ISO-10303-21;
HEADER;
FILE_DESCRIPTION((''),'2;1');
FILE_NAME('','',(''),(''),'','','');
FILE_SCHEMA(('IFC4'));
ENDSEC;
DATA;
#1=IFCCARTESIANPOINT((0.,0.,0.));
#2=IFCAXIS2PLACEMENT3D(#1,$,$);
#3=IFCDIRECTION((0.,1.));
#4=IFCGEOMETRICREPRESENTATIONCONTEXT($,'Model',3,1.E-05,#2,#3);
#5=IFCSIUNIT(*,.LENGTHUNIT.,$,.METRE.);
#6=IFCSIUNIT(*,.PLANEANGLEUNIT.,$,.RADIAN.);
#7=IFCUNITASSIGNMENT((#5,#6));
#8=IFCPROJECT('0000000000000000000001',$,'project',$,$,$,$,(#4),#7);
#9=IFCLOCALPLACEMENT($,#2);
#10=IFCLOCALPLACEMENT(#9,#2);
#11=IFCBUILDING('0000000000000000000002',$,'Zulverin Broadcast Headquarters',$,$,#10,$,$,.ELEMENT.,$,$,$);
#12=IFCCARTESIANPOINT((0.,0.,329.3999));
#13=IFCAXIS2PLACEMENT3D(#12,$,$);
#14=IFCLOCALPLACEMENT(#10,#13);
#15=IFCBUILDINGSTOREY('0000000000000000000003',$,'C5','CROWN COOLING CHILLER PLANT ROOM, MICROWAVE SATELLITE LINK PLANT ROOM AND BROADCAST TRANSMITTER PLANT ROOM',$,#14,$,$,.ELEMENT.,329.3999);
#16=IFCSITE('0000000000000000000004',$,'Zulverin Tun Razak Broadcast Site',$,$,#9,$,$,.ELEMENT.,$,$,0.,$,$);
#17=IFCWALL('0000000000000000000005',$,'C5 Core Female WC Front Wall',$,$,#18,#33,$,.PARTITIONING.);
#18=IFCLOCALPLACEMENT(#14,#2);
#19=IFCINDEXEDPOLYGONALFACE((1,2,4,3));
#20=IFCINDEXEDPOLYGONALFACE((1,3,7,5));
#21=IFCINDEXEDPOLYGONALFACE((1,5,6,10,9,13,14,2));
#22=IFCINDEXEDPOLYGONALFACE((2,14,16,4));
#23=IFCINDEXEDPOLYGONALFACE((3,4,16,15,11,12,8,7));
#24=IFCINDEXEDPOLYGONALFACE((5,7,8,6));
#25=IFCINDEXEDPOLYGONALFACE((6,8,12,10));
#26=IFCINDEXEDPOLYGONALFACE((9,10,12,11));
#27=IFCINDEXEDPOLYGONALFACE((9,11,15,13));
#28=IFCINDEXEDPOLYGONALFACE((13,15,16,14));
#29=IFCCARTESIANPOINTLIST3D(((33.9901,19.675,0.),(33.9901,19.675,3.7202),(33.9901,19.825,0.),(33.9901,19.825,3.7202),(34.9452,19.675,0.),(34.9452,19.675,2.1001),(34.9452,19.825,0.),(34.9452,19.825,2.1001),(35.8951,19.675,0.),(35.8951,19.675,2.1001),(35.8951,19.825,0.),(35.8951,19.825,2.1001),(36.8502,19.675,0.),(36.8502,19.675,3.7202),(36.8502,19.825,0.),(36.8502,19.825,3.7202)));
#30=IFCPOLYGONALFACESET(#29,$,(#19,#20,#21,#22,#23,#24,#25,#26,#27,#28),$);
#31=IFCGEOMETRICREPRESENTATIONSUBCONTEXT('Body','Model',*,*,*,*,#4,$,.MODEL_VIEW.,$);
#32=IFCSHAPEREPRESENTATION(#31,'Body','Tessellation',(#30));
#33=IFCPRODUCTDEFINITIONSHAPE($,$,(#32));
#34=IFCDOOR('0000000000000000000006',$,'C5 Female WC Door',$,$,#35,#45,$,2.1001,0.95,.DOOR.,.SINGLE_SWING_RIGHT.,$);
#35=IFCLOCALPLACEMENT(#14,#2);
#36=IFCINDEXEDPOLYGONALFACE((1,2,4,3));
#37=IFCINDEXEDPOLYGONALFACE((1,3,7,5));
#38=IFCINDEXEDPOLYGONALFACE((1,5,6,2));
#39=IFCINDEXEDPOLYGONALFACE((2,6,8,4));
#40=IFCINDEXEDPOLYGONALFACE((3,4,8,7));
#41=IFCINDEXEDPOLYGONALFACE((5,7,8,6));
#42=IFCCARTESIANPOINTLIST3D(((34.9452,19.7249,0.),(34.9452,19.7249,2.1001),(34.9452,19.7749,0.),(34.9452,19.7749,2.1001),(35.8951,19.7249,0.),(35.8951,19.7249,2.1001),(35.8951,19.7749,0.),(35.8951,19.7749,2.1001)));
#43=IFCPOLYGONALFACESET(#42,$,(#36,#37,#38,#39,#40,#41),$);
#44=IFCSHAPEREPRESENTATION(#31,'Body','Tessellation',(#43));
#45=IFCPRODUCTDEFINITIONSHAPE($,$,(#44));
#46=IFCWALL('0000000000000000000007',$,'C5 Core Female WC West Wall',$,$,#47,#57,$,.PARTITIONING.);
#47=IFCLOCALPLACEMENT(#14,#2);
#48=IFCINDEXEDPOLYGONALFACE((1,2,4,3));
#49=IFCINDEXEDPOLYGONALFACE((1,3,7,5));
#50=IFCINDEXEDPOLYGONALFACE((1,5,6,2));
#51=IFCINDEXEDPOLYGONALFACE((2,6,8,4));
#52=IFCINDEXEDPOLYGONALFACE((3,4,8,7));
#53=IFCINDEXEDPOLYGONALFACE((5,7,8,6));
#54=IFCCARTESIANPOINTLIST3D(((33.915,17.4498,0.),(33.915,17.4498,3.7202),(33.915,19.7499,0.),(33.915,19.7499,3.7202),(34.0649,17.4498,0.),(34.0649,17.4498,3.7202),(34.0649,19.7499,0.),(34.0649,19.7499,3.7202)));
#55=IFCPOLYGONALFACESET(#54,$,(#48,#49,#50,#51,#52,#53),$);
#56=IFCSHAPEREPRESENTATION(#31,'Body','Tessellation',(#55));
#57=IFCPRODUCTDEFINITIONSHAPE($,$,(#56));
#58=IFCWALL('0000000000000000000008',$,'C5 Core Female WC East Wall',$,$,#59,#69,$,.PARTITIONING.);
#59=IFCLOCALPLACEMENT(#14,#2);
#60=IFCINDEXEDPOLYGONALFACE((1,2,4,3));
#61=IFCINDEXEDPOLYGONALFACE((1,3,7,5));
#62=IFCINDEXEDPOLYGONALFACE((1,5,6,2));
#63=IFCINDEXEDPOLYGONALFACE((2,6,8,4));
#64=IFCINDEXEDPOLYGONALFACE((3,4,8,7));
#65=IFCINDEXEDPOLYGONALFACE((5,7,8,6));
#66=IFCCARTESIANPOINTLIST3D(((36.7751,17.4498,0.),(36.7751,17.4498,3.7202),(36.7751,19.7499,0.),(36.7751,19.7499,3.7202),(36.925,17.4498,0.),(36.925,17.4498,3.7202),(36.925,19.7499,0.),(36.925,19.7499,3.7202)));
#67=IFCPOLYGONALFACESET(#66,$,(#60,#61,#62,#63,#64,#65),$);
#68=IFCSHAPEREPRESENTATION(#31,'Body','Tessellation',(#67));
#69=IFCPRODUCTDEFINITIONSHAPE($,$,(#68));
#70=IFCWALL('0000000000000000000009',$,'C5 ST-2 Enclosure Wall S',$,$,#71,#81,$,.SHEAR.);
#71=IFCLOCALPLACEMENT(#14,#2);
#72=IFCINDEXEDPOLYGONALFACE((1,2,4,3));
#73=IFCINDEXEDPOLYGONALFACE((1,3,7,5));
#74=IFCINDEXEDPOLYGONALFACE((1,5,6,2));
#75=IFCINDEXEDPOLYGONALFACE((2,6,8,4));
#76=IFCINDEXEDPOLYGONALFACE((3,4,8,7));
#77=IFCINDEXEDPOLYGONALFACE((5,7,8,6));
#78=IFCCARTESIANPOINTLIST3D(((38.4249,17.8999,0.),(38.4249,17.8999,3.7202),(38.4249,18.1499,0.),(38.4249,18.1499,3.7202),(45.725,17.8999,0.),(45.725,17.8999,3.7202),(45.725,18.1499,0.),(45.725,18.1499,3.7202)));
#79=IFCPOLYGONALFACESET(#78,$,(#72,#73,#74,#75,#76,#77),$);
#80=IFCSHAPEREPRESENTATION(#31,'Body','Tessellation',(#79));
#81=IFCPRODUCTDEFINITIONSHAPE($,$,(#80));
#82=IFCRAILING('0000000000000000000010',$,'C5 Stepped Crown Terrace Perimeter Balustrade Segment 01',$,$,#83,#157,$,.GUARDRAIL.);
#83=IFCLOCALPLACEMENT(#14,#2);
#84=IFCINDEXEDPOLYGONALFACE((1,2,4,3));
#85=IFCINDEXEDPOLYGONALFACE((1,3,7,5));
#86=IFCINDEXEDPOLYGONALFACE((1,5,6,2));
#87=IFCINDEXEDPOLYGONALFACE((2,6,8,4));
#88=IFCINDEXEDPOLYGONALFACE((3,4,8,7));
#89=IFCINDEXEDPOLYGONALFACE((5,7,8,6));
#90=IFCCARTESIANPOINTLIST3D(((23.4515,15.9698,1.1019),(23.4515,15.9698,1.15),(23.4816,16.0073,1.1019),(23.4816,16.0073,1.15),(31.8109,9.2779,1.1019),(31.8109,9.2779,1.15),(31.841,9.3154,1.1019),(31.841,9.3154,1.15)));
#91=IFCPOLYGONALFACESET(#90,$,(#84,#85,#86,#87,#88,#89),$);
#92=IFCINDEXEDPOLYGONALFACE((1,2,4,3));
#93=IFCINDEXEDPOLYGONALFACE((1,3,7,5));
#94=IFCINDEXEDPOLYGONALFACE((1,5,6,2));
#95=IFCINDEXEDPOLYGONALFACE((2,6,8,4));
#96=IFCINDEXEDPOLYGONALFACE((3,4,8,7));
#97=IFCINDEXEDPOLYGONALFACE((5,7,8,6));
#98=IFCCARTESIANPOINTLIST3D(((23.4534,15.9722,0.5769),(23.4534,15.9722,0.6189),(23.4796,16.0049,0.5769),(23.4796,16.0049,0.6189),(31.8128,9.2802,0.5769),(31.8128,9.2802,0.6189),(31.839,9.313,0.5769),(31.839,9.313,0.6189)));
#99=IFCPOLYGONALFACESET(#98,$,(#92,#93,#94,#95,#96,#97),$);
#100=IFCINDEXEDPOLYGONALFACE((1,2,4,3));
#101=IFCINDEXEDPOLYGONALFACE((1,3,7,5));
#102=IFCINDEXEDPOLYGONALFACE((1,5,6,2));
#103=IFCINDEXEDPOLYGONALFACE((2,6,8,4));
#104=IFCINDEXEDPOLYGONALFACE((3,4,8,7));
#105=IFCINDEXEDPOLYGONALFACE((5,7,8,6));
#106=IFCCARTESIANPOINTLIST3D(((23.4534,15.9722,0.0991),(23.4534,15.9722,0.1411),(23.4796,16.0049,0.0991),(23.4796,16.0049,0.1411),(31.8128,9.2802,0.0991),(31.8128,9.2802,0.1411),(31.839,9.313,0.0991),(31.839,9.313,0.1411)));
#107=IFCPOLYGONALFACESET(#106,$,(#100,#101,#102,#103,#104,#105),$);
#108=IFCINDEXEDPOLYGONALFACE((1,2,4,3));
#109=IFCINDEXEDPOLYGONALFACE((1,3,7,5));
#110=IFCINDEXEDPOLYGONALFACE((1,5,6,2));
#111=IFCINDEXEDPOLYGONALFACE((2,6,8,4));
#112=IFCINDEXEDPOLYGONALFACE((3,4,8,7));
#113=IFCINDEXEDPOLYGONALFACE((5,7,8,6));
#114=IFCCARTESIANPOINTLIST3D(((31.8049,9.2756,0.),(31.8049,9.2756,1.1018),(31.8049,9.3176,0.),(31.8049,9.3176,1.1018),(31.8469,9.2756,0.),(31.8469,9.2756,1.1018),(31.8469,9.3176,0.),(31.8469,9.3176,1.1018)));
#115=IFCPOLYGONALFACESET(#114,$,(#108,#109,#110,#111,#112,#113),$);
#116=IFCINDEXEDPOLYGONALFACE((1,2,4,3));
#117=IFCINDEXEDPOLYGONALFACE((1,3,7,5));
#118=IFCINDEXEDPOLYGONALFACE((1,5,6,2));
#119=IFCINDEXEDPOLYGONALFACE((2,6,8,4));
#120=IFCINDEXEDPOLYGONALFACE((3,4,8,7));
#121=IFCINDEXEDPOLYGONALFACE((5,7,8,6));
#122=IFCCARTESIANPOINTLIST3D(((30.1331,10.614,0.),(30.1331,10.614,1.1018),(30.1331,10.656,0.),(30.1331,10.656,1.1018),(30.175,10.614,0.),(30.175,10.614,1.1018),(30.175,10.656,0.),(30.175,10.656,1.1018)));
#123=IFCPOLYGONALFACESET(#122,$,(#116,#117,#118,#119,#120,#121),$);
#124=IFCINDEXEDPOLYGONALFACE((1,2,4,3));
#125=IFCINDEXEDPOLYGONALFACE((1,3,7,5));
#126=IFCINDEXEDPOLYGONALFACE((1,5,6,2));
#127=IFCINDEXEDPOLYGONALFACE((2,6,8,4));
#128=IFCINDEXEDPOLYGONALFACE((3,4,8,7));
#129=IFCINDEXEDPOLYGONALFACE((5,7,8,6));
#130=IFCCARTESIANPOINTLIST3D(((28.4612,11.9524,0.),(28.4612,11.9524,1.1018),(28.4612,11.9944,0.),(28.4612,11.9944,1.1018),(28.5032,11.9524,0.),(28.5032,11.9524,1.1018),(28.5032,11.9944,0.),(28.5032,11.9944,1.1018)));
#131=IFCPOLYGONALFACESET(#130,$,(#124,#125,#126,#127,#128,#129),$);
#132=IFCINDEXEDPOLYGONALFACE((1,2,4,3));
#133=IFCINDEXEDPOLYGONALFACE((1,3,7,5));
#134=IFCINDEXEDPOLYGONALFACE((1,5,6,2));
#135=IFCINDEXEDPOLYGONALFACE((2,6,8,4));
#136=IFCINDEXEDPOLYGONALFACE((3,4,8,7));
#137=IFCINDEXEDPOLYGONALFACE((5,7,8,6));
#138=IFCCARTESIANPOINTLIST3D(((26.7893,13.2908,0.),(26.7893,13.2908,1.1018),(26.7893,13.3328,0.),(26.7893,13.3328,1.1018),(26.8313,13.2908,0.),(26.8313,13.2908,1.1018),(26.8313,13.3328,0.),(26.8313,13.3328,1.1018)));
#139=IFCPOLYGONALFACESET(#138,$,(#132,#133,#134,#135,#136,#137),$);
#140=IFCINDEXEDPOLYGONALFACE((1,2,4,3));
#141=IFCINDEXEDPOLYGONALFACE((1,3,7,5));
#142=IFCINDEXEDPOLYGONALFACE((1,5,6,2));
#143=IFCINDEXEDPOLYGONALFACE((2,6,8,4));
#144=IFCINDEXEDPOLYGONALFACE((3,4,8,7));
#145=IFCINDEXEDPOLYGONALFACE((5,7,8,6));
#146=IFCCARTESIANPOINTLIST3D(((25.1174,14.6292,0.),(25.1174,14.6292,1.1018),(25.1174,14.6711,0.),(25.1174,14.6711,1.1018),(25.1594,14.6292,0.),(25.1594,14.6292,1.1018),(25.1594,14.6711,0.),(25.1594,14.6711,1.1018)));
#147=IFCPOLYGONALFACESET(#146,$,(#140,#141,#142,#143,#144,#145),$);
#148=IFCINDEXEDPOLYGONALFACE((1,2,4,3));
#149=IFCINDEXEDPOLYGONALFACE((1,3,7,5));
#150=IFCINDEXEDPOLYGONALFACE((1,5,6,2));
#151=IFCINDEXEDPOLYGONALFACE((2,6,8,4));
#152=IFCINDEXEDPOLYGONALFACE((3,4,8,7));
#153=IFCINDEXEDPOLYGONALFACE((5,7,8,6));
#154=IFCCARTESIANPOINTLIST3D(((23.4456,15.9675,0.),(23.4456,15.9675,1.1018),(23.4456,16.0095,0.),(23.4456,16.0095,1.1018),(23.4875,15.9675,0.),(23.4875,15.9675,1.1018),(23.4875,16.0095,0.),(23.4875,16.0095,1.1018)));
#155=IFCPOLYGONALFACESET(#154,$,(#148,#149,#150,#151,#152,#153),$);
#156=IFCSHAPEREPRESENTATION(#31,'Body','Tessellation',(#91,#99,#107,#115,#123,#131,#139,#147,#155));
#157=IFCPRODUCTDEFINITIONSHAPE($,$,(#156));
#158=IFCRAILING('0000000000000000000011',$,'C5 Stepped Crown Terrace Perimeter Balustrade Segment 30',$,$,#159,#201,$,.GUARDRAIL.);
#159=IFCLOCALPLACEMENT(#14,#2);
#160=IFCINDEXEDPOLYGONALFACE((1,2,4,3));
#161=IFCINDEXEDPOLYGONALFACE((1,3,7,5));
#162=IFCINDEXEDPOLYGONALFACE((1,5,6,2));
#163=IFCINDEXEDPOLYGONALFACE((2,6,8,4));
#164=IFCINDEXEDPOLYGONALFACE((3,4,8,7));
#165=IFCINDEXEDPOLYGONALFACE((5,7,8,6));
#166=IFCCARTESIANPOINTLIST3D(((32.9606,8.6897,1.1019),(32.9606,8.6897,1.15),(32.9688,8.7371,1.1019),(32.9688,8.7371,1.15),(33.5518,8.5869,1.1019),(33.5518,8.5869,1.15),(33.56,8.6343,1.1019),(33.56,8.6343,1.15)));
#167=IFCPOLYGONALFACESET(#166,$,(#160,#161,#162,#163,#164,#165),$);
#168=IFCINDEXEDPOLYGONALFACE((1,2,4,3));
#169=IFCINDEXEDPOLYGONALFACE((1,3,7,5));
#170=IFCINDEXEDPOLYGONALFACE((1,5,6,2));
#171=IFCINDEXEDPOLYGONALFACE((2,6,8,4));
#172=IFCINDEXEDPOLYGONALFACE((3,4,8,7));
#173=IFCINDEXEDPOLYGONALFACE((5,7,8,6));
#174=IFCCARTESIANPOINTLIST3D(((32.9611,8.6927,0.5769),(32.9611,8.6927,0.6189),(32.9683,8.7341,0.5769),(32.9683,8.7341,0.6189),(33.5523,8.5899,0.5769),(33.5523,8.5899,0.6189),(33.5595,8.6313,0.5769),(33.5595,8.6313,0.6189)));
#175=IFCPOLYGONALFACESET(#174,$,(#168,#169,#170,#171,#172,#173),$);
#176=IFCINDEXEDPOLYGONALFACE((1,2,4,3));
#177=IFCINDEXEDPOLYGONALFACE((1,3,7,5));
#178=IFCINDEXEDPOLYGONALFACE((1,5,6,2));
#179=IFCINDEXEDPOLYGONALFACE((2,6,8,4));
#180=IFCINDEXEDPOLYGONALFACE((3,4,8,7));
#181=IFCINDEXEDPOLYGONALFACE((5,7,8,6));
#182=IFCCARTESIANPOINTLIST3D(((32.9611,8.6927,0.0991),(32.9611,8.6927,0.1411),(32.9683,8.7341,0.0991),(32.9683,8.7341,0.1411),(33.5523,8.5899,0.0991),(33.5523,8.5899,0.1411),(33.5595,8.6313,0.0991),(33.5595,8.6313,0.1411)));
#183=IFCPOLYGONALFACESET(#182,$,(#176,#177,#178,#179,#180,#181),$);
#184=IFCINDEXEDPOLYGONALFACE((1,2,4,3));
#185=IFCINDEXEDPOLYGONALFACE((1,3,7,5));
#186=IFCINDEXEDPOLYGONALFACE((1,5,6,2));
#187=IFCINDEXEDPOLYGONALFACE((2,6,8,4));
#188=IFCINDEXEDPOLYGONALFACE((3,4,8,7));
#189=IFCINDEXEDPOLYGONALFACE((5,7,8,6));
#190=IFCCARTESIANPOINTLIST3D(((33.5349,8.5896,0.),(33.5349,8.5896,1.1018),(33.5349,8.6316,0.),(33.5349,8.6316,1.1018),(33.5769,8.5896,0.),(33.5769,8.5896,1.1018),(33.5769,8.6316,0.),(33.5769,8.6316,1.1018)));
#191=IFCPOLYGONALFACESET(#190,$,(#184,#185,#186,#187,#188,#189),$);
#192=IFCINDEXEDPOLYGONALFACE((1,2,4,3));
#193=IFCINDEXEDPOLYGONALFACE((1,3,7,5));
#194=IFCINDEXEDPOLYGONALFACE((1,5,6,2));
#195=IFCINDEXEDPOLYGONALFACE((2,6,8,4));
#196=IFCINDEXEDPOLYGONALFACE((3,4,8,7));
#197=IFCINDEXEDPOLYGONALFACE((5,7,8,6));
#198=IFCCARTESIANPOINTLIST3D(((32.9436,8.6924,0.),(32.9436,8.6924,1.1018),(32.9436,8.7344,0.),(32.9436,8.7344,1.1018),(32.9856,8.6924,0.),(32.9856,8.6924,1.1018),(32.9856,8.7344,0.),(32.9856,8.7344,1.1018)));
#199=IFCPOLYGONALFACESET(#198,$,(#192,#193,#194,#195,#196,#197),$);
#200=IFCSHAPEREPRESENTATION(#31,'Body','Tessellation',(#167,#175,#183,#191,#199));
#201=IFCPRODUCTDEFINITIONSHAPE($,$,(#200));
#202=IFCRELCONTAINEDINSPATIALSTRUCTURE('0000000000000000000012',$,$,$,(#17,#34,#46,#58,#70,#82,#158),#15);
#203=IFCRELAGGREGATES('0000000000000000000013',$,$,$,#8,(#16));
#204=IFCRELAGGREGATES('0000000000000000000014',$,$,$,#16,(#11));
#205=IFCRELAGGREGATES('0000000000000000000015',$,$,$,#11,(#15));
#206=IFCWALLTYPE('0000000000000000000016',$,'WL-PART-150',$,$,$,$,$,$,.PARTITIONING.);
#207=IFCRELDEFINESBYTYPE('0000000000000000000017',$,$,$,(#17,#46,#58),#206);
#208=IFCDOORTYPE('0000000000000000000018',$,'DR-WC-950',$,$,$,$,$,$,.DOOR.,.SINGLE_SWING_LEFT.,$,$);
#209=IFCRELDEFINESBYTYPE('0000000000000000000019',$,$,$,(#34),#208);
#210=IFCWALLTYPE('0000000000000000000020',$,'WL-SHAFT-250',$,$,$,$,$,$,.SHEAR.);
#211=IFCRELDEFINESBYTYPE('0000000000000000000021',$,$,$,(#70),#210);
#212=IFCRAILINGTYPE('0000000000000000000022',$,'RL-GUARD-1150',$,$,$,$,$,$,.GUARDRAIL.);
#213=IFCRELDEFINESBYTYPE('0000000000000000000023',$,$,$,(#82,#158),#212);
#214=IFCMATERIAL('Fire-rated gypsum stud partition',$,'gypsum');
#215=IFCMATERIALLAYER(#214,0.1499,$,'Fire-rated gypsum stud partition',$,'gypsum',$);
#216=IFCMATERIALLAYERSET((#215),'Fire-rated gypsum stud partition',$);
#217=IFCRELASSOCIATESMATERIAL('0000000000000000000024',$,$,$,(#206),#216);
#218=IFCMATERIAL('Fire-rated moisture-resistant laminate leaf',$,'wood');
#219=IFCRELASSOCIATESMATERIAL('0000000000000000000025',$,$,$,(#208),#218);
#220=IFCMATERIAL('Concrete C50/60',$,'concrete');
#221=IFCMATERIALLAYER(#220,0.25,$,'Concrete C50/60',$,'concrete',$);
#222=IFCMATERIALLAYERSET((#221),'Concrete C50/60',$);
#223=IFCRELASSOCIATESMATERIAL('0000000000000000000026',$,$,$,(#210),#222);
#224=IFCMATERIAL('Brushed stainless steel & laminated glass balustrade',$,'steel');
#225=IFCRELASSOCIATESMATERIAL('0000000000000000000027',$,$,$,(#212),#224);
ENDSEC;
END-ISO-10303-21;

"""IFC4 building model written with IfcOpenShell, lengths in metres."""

from ifc_helpers import new_model, si_unit, direction, frame, frame_2d, origin, origin_2d, place, context, subcontext, project, spatial, rectangle, extrude, material, layer, layer_set, type_object, element, fill, save


model = new_model("IFC4")

# Units and contexts
model_context = context("Model", 3, precision=1e-05, world=origin(), true_north=direction((0.0, 1.0)))
body_context = subcontext(model_context, "Body", "Model", "MODEL_VIEW")
ifc_project = project(units=[si_unit("LENGTHUNIT", "METRE"), si_unit("PLANEANGLEUNIT", "RADIAN")], contexts=[model_context])

# Site, building, storey
site_placement = place(None, origin())
site = spatial("IfcSite", under=ifc_project, at=site_placement, Name="Zulverin Tun Razak Broadcast Site", CompositionType="ELEMENT", RefElevation=0.0)
building_placement = place(site_placement, origin())
building = spatial("IfcBuilding", under=site, at=building_placement, Name="Zulverin Broadcast Headquarters", CompositionType="ELEMENT")
storey_placement = place(building_placement, frame((0.0, 0.0, 329.3999)))
storey = spatial("IfcBuildingStorey", under=building, at=storey_placement, Name="C5", Description="CROWN COOLING CHILLER PLANT ROOM, MICROWAVE SATELLITE LINK PLANT ROOM AND BROADCAST TRANSMITTER PLANT ROOM", CompositionType="ELEMENT", Elevation=329.3999)

# Shared definitions
ifc_material_1 = material(Name="Concrete C50/60", Category="concrete")

# Shared definitions
ifc_material_2 = material(Name="Fire-rated gypsum stud partition", Category="gypsum")
ifc_layer_1 = layer(ifc_material_2, 0.1499, Name="Fire-rated gypsum stud partition", Category="gypsum")
ifc_layer_set_1 = layer_set([ifc_layer_1], Name="Fire-rated gypsum stud partition")
wall_type_1 = type_object("IfcWallType", Name="WL-PART-150", PredefinedType="PARTITIONING", material=ifc_layer_set_1)
ifc_material_3 = material(Name="Fire-rated moisture-resistant laminate leaf", Category="wood")
door_type_1 = type_object("IfcDoorType", Name="DR-WC-950", OperationType="SINGLE_SWING_LEFT", PredefinedType="DOOR", material=ifc_material_3)

# Wall, opening, door
wall_1_placement = place(storey_placement, frame((33.99, 19.75, 0.0), z_axis=(0.0, 0.0, 1.0), x_axis=(1.0, 0.0, 0.0)))
wall_1 = element("IfcWall", 1, at=wall_1_placement, inside=storey, type_object=wall_type_1, Name="C5 Core Female WC Front Wall", PredefinedType="PARTITIONING", context=body_context, shape_type="SweptSolid", body=[
    extrude(rectangle(XDim=2.8601, YDim=0.1499, at=frame_2d((1.4302, 0.0))), origin(), (0.0, 0.0, 1.0), 3.7202),
])
opening_1_placement = place(wall_1_placement, frame((0.9551, 0.0, 0.0)))
opening_1 = element("IfcOpeningElement", 2, at=opening_1_placement, cuts=wall_1, PredefinedType="OPENING", context=body_context, shape_type="SweptSolid", body=[
    extrude(rectangle(XDim=0.95, YDim=2.1001, at=frame_2d((0.4751, 1.05))), frame((0.0, 0.085, 0.0), z_axis=(0.0, -1.0, 0.0), x_axis=(1.0, 0.0, 0.0)), (0.0, 0.0, 1.0), 0.1699),
])
door_1_placement = place(opening_1_placement, origin())
door_1 = element("IfcDoor", 3, at=door_1_placement, inside=storey, type_object=door_type_1, Name="C5 Female WC Door", OperationType="SINGLE_SWING_RIGHT", OverallHeight=2.1001, OverallWidth=0.95, PredefinedType="DOOR", context=body_context, shape_type="SweptSolid", body=[
    extrude(rectangle(XDim=0.95, YDim=2.1001, at=frame_2d((0.4751, 1.05))), frame((0.0, 0.0249, 0.0), z_axis=(0.0, -1.0, 0.0), x_axis=(1.0, 0.0, 0.0)), (0.0, 0.0, 1.0), 0.05),
])
fill(opening_1, door_1)

# Walls
for number, where, z_axis, x_axis, name in (
    (4, (33.99, 17.45, 0.0), (0.0, 0.0, 1.0), (0.0, 1.0, 0.0), "C5 Core Female WC West Wall"),
    (5, (36.8501, 17.45, 0.0), (0.0, 0.0, 1.0), (0.0, 1.0, 0.0), "C5 Core Female WC East Wall"),
):
    element("IfcWall", number, at=place(storey_placement, frame(where, z_axis=z_axis, x_axis=x_axis)), inside=storey, type_object=wall_type_1, Name=name, PredefinedType="PARTITIONING", context=body_context, shape_type="SweptSolid", body=[
        extrude(rectangle(XDim=2.3, YDim=0.1499, at=frame_2d((1.1499, 0.0))), origin(), (0.0, 0.0, 1.0), 3.7202),
    ])
ifc_layer_2 = layer(ifc_material_1, 0.25, Name="Concrete C50/60", Category="concrete")
ifc_layer_set_2 = layer_set([ifc_layer_2], Name="Concrete C50/60")
wall_type_2 = type_object("IfcWallType", Name="WL-SHAFT-250", PredefinedType="SHEAR", material=ifc_layer_set_2)
wall_2_placement = place(storey_placement, frame((38.425, 18.0249, 0.0), z_axis=(0.0, 0.0, 1.0), x_axis=(1.0, 0.0, 0.0)))
element("IfcWall", 6, at=wall_2_placement, inside=storey, type_object=wall_type_2, Name="C5 ST-2 Enclosure Wall S", PredefinedType="SHEAR", context=body_context, shape_type="SweptSolid", body=[
    extrude(rectangle(XDim=7.3, YDim=0.25, at=frame_2d((3.6499, 0.0))), origin(), (0.0, 0.0, 1.0), 3.7202),
])

# Railings
ifc_material_4 = material(Name="Brushed stainless steel & laminated glass balustrade", Category="steel")
railing_type = type_object("IfcRailingType", Name="RL-GUARD-1150", PredefinedType="GUARDRAIL", material=ifc_material_4)
railing_1_placement = place(storey_placement, frame((31.8259, 9.2966, 0.0)))
element("IfcRailing", 7, at=railing_1_placement, inside=storey, type_object=railing_type, Name="C5 Stepped Crown Terrace Perimeter Balustrade Segment 01", PredefinedType="GUARDRAIL", context=body_context, shape_type="SweptSolid", body=[
    extrude(rectangle(XDim=0.0481, YDim=0.0481, at=origin_2d()), frame((0.0, 0.0, 1.126), z_axis=(-0.780669, 0.624945, 0.0), x_axis=(-0.624945, -0.780669, 0.0)), (0.0, 0.0, 1.0), 10.708),
    extrude(rectangle(XDim=0.042, YDim=0.042, at=origin_2d()), frame((0.0, 0.0, 0.5979), z_axis=(-0.780669, 0.624945, 0.0), x_axis=(-0.624945, -0.780669, 0.0)), (0.0, 0.0, 1.0), 10.708),
    extrude(rectangle(XDim=0.042, YDim=0.042, at=origin_2d()), frame((0.0, 0.0, 0.1201), z_axis=(-0.780669, 0.624945, 0.0), x_axis=(-0.624945, -0.780669, 0.0)), (0.0, 0.0, 1.0), 10.708),
    extrude(rectangle(XDim=0.042, YDim=0.042, at=origin_2d()), origin(), (0.0, 0.0, 1.0), 1.1018),
    extrude(rectangle(XDim=0.042, YDim=0.042, at=origin_2d()), frame((-1.6719, 1.3384, 0.0)), (0.0, 0.0, 1.0), 1.1018),
    extrude(rectangle(XDim=0.042, YDim=0.042, at=origin_2d()), frame((-3.3438, 2.6768, 0.0)), (0.0, 0.0, 1.0), 1.1018),
    extrude(rectangle(XDim=0.042, YDim=0.042, at=origin_2d()), frame((-5.0156, 4.0151, 0.0)), (0.0, 0.0, 1.0), 1.1018),
    extrude(rectangle(XDim=0.042, YDim=0.042, at=origin_2d()), frame((-6.6875, 5.3535, 0.0)), (0.0, 0.0, 1.0), 1.1018),
    extrude(rectangle(XDim=0.042, YDim=0.042, at=origin_2d()), frame((-8.3594, 6.6919, 0.0)), (0.0, 0.0, 1.0), 1.1018),
])
railing_2_placement = place(storey_placement, frame((33.5559, 8.6106, 0.0)))
element("IfcRailing", 8, at=railing_2_placement, inside=storey, type_object=railing_type, Name="C5 Stepped Crown Terrace Perimeter Balustrade Segment 30", PredefinedType="GUARDRAIL", context=body_context, shape_type="SweptSolid", body=[
    extrude(rectangle(XDim=0.0481, YDim=0.0481, at=origin_2d()), frame((0.0, 0.0, 1.126), z_axis=(-0.985227, 0.171255, 0.0), x_axis=(-0.171255, -0.985227, 0.0)), (0.0, 0.0, 1.0), 0.6001),
    extrude(rectangle(XDim=0.042, YDim=0.042, at=origin_2d()), frame((0.0, 0.0, 0.5979), z_axis=(-0.985227, 0.171255, 0.0), x_axis=(-0.171255, -0.985227, 0.0)), (0.0, 0.0, 1.0), 0.6001),
    extrude(rectangle(XDim=0.042, YDim=0.042, at=origin_2d()), frame((0.0, 0.0, 0.1201), z_axis=(-0.985227, 0.171255, 0.0), x_axis=(-0.171255, -0.985227, 0.0)), (0.0, 0.0, 1.0), 0.6001),
    extrude(rectangle(XDim=0.042, YDim=0.042, at=origin_2d()), origin(), (0.0, 0.0, 1.0), 1.1018),
    extrude(rectangle(XDim=0.042, YDim=0.042, at=origin_2d()), frame((-0.5913, 0.1028, 0.0)), (0.0, 0.0, 1.0), 1.1018),
])

save(model, "model.ifc")
